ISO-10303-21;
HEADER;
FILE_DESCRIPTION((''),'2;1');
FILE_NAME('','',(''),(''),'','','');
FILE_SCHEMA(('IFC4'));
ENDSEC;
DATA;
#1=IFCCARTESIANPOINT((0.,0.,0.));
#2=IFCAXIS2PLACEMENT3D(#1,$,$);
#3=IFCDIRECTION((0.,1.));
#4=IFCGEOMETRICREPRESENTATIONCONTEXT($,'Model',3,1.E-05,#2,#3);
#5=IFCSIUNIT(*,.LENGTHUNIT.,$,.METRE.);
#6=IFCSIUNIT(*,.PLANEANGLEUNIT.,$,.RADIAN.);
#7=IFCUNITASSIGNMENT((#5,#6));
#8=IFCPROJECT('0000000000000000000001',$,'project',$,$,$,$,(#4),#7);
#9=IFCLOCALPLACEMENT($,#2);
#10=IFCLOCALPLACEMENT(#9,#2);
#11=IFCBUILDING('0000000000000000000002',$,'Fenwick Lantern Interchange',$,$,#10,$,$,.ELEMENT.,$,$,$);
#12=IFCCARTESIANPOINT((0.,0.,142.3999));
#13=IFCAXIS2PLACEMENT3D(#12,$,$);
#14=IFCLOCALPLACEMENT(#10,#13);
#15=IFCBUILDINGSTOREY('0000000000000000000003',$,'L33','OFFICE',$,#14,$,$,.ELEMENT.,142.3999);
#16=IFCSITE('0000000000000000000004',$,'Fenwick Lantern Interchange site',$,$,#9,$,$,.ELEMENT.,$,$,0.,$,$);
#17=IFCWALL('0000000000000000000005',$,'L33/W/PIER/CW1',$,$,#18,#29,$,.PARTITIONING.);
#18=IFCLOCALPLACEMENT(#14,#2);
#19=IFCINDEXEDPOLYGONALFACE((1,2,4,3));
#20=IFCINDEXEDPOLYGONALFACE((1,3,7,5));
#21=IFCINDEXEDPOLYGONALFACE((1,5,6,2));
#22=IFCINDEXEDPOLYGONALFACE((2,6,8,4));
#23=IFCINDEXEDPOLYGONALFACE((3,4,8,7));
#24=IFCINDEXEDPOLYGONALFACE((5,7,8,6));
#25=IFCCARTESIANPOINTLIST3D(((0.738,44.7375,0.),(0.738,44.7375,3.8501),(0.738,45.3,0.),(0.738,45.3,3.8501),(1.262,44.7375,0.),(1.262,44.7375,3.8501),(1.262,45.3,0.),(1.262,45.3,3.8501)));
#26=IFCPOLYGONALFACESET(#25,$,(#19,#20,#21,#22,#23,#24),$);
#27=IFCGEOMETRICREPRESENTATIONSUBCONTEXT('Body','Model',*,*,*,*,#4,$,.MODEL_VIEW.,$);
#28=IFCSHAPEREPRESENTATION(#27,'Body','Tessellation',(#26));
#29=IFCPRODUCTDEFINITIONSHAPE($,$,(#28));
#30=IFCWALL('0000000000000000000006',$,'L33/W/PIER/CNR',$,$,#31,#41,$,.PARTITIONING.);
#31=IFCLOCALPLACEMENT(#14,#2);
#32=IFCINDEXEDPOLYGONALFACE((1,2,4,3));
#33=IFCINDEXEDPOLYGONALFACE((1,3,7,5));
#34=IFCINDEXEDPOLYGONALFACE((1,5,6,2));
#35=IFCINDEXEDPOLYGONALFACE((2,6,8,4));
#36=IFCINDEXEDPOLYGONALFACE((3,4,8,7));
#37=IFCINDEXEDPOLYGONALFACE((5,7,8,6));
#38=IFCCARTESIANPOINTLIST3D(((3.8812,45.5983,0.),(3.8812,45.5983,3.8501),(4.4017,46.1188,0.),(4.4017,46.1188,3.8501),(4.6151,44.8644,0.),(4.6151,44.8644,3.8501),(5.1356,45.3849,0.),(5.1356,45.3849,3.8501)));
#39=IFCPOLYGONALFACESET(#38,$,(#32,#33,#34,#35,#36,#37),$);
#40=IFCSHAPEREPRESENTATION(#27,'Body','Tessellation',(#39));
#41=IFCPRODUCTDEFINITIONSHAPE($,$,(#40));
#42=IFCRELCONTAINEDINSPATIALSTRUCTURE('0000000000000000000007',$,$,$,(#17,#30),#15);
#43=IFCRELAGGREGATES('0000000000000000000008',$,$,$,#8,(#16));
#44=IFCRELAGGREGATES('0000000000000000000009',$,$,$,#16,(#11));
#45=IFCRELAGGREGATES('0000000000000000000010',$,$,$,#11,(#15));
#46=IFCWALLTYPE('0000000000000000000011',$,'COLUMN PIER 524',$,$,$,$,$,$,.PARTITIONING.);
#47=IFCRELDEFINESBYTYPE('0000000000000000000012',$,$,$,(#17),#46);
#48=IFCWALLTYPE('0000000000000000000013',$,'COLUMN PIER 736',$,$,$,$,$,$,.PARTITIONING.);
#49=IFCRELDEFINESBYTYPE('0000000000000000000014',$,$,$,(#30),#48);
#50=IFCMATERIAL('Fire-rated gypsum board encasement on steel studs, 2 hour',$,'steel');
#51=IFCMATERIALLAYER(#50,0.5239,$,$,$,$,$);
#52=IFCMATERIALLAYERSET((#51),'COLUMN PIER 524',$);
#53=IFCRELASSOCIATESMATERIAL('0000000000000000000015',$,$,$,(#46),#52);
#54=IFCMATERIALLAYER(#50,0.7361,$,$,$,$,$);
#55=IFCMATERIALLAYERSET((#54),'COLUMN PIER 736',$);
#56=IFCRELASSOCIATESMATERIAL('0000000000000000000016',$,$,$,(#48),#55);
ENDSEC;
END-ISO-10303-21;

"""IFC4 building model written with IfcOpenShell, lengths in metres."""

from ifc_helpers import new_model, si_unit, direction, frame, frame_2d, origin, place, context, subcontext, project, spatial, rectangle, extrude, material, layer, layer_set, type_object, element, save


model = new_model("IFC4")

# Units and contexts
model_context = context("Model", 3, precision=1e-05, world=origin(), true_north=direction((0.0, 1.0)))
body_context = subcontext(model_context, "Body", "Model", "MODEL_VIEW")
ifc_project = project(units=[si_unit("LENGTHUNIT", "METRE"), si_unit("PLANEANGLEUNIT", "RADIAN")], contexts=[model_context])

# Site, building, storey
site_placement = place(None, origin())
site = spatial("IfcSite", under=ifc_project, at=site_placement, Name="Fenwick Lantern Interchange site", CompositionType="ELEMENT", RefElevation=0.0)
building_placement = place(site_placement, origin())
building = spatial("IfcBuilding", under=site, at=building_placement, Name="Fenwick Lantern Interchange", CompositionType="ELEMENT")
storey_placement = place(building_placement, frame((0.0, 0.0, 142.3999)))
storey = spatial("IfcBuildingStorey", under=building, at=storey_placement, Name="L33", Description="OFFICE", CompositionType="ELEMENT", Elevation=142.3999)

# Walls
ifc_material_1 = material(Name="Fire-rated gypsum board encasement on steel studs, 2 hour", Category="steel")
ifc_layer_1 = layer(ifc_material_1, 0.5239)
ifc_layer_set_1 = layer_set([ifc_layer_1], Name="COLUMN PIER 524")
wall_type_1 = type_object("IfcWallType", Name="COLUMN PIER 524", PredefinedType="PARTITIONING", material=ifc_layer_set_1)
wall_1_placement = place(storey_placement, frame((1.0, 45.3, 0.0), z_axis=(0.0, 0.0, 1.0), x_axis=(0.0, -1.0, 0.0)))
element("IfcWall", 1, at=wall_1_placement, inside=storey, type_object=wall_type_1, Name="L33/W/PIER/CW1", PredefinedType="PARTITIONING", context=body_context, shape_type="SweptSolid", body=[
    extrude(rectangle(XDim=0.5625, YDim=0.5239, at=frame_2d((0.2812, 0.0))), origin(), (0.0, 0.0, 1.0), 3.8501),
])
ifc_layer_2 = layer(ifc_material_1, 0.7361)
ifc_layer_set_2 = layer_set([ifc_layer_2], Name="COLUMN PIER 736")
wall_type_2 = type_object("IfcWallType", Name="COLUMN PIER 736", PredefinedType="PARTITIONING", material=ifc_layer_set_2)
wall_2_placement = place(storey_placement, frame((4.1414, 45.8586, 0.0), z_axis=(0.0, 0.0, 1.0), x_axis=(0.707107, -0.707107, 0.0)))
element("IfcWall", 2, at=wall_2_placement, inside=storey, type_object=wall_type_2, Name="L33/W/PIER/CNR", PredefinedType="PARTITIONING", context=body_context, shape_type="SweptSolid", body=[
    extrude(rectangle(XDim=1.0378, YDim=0.7361, at=frame_2d((0.519, 0.0))), origin(), (0.0, 0.0, 1.0), 3.8501),
])

save(model, "model.ifc")
